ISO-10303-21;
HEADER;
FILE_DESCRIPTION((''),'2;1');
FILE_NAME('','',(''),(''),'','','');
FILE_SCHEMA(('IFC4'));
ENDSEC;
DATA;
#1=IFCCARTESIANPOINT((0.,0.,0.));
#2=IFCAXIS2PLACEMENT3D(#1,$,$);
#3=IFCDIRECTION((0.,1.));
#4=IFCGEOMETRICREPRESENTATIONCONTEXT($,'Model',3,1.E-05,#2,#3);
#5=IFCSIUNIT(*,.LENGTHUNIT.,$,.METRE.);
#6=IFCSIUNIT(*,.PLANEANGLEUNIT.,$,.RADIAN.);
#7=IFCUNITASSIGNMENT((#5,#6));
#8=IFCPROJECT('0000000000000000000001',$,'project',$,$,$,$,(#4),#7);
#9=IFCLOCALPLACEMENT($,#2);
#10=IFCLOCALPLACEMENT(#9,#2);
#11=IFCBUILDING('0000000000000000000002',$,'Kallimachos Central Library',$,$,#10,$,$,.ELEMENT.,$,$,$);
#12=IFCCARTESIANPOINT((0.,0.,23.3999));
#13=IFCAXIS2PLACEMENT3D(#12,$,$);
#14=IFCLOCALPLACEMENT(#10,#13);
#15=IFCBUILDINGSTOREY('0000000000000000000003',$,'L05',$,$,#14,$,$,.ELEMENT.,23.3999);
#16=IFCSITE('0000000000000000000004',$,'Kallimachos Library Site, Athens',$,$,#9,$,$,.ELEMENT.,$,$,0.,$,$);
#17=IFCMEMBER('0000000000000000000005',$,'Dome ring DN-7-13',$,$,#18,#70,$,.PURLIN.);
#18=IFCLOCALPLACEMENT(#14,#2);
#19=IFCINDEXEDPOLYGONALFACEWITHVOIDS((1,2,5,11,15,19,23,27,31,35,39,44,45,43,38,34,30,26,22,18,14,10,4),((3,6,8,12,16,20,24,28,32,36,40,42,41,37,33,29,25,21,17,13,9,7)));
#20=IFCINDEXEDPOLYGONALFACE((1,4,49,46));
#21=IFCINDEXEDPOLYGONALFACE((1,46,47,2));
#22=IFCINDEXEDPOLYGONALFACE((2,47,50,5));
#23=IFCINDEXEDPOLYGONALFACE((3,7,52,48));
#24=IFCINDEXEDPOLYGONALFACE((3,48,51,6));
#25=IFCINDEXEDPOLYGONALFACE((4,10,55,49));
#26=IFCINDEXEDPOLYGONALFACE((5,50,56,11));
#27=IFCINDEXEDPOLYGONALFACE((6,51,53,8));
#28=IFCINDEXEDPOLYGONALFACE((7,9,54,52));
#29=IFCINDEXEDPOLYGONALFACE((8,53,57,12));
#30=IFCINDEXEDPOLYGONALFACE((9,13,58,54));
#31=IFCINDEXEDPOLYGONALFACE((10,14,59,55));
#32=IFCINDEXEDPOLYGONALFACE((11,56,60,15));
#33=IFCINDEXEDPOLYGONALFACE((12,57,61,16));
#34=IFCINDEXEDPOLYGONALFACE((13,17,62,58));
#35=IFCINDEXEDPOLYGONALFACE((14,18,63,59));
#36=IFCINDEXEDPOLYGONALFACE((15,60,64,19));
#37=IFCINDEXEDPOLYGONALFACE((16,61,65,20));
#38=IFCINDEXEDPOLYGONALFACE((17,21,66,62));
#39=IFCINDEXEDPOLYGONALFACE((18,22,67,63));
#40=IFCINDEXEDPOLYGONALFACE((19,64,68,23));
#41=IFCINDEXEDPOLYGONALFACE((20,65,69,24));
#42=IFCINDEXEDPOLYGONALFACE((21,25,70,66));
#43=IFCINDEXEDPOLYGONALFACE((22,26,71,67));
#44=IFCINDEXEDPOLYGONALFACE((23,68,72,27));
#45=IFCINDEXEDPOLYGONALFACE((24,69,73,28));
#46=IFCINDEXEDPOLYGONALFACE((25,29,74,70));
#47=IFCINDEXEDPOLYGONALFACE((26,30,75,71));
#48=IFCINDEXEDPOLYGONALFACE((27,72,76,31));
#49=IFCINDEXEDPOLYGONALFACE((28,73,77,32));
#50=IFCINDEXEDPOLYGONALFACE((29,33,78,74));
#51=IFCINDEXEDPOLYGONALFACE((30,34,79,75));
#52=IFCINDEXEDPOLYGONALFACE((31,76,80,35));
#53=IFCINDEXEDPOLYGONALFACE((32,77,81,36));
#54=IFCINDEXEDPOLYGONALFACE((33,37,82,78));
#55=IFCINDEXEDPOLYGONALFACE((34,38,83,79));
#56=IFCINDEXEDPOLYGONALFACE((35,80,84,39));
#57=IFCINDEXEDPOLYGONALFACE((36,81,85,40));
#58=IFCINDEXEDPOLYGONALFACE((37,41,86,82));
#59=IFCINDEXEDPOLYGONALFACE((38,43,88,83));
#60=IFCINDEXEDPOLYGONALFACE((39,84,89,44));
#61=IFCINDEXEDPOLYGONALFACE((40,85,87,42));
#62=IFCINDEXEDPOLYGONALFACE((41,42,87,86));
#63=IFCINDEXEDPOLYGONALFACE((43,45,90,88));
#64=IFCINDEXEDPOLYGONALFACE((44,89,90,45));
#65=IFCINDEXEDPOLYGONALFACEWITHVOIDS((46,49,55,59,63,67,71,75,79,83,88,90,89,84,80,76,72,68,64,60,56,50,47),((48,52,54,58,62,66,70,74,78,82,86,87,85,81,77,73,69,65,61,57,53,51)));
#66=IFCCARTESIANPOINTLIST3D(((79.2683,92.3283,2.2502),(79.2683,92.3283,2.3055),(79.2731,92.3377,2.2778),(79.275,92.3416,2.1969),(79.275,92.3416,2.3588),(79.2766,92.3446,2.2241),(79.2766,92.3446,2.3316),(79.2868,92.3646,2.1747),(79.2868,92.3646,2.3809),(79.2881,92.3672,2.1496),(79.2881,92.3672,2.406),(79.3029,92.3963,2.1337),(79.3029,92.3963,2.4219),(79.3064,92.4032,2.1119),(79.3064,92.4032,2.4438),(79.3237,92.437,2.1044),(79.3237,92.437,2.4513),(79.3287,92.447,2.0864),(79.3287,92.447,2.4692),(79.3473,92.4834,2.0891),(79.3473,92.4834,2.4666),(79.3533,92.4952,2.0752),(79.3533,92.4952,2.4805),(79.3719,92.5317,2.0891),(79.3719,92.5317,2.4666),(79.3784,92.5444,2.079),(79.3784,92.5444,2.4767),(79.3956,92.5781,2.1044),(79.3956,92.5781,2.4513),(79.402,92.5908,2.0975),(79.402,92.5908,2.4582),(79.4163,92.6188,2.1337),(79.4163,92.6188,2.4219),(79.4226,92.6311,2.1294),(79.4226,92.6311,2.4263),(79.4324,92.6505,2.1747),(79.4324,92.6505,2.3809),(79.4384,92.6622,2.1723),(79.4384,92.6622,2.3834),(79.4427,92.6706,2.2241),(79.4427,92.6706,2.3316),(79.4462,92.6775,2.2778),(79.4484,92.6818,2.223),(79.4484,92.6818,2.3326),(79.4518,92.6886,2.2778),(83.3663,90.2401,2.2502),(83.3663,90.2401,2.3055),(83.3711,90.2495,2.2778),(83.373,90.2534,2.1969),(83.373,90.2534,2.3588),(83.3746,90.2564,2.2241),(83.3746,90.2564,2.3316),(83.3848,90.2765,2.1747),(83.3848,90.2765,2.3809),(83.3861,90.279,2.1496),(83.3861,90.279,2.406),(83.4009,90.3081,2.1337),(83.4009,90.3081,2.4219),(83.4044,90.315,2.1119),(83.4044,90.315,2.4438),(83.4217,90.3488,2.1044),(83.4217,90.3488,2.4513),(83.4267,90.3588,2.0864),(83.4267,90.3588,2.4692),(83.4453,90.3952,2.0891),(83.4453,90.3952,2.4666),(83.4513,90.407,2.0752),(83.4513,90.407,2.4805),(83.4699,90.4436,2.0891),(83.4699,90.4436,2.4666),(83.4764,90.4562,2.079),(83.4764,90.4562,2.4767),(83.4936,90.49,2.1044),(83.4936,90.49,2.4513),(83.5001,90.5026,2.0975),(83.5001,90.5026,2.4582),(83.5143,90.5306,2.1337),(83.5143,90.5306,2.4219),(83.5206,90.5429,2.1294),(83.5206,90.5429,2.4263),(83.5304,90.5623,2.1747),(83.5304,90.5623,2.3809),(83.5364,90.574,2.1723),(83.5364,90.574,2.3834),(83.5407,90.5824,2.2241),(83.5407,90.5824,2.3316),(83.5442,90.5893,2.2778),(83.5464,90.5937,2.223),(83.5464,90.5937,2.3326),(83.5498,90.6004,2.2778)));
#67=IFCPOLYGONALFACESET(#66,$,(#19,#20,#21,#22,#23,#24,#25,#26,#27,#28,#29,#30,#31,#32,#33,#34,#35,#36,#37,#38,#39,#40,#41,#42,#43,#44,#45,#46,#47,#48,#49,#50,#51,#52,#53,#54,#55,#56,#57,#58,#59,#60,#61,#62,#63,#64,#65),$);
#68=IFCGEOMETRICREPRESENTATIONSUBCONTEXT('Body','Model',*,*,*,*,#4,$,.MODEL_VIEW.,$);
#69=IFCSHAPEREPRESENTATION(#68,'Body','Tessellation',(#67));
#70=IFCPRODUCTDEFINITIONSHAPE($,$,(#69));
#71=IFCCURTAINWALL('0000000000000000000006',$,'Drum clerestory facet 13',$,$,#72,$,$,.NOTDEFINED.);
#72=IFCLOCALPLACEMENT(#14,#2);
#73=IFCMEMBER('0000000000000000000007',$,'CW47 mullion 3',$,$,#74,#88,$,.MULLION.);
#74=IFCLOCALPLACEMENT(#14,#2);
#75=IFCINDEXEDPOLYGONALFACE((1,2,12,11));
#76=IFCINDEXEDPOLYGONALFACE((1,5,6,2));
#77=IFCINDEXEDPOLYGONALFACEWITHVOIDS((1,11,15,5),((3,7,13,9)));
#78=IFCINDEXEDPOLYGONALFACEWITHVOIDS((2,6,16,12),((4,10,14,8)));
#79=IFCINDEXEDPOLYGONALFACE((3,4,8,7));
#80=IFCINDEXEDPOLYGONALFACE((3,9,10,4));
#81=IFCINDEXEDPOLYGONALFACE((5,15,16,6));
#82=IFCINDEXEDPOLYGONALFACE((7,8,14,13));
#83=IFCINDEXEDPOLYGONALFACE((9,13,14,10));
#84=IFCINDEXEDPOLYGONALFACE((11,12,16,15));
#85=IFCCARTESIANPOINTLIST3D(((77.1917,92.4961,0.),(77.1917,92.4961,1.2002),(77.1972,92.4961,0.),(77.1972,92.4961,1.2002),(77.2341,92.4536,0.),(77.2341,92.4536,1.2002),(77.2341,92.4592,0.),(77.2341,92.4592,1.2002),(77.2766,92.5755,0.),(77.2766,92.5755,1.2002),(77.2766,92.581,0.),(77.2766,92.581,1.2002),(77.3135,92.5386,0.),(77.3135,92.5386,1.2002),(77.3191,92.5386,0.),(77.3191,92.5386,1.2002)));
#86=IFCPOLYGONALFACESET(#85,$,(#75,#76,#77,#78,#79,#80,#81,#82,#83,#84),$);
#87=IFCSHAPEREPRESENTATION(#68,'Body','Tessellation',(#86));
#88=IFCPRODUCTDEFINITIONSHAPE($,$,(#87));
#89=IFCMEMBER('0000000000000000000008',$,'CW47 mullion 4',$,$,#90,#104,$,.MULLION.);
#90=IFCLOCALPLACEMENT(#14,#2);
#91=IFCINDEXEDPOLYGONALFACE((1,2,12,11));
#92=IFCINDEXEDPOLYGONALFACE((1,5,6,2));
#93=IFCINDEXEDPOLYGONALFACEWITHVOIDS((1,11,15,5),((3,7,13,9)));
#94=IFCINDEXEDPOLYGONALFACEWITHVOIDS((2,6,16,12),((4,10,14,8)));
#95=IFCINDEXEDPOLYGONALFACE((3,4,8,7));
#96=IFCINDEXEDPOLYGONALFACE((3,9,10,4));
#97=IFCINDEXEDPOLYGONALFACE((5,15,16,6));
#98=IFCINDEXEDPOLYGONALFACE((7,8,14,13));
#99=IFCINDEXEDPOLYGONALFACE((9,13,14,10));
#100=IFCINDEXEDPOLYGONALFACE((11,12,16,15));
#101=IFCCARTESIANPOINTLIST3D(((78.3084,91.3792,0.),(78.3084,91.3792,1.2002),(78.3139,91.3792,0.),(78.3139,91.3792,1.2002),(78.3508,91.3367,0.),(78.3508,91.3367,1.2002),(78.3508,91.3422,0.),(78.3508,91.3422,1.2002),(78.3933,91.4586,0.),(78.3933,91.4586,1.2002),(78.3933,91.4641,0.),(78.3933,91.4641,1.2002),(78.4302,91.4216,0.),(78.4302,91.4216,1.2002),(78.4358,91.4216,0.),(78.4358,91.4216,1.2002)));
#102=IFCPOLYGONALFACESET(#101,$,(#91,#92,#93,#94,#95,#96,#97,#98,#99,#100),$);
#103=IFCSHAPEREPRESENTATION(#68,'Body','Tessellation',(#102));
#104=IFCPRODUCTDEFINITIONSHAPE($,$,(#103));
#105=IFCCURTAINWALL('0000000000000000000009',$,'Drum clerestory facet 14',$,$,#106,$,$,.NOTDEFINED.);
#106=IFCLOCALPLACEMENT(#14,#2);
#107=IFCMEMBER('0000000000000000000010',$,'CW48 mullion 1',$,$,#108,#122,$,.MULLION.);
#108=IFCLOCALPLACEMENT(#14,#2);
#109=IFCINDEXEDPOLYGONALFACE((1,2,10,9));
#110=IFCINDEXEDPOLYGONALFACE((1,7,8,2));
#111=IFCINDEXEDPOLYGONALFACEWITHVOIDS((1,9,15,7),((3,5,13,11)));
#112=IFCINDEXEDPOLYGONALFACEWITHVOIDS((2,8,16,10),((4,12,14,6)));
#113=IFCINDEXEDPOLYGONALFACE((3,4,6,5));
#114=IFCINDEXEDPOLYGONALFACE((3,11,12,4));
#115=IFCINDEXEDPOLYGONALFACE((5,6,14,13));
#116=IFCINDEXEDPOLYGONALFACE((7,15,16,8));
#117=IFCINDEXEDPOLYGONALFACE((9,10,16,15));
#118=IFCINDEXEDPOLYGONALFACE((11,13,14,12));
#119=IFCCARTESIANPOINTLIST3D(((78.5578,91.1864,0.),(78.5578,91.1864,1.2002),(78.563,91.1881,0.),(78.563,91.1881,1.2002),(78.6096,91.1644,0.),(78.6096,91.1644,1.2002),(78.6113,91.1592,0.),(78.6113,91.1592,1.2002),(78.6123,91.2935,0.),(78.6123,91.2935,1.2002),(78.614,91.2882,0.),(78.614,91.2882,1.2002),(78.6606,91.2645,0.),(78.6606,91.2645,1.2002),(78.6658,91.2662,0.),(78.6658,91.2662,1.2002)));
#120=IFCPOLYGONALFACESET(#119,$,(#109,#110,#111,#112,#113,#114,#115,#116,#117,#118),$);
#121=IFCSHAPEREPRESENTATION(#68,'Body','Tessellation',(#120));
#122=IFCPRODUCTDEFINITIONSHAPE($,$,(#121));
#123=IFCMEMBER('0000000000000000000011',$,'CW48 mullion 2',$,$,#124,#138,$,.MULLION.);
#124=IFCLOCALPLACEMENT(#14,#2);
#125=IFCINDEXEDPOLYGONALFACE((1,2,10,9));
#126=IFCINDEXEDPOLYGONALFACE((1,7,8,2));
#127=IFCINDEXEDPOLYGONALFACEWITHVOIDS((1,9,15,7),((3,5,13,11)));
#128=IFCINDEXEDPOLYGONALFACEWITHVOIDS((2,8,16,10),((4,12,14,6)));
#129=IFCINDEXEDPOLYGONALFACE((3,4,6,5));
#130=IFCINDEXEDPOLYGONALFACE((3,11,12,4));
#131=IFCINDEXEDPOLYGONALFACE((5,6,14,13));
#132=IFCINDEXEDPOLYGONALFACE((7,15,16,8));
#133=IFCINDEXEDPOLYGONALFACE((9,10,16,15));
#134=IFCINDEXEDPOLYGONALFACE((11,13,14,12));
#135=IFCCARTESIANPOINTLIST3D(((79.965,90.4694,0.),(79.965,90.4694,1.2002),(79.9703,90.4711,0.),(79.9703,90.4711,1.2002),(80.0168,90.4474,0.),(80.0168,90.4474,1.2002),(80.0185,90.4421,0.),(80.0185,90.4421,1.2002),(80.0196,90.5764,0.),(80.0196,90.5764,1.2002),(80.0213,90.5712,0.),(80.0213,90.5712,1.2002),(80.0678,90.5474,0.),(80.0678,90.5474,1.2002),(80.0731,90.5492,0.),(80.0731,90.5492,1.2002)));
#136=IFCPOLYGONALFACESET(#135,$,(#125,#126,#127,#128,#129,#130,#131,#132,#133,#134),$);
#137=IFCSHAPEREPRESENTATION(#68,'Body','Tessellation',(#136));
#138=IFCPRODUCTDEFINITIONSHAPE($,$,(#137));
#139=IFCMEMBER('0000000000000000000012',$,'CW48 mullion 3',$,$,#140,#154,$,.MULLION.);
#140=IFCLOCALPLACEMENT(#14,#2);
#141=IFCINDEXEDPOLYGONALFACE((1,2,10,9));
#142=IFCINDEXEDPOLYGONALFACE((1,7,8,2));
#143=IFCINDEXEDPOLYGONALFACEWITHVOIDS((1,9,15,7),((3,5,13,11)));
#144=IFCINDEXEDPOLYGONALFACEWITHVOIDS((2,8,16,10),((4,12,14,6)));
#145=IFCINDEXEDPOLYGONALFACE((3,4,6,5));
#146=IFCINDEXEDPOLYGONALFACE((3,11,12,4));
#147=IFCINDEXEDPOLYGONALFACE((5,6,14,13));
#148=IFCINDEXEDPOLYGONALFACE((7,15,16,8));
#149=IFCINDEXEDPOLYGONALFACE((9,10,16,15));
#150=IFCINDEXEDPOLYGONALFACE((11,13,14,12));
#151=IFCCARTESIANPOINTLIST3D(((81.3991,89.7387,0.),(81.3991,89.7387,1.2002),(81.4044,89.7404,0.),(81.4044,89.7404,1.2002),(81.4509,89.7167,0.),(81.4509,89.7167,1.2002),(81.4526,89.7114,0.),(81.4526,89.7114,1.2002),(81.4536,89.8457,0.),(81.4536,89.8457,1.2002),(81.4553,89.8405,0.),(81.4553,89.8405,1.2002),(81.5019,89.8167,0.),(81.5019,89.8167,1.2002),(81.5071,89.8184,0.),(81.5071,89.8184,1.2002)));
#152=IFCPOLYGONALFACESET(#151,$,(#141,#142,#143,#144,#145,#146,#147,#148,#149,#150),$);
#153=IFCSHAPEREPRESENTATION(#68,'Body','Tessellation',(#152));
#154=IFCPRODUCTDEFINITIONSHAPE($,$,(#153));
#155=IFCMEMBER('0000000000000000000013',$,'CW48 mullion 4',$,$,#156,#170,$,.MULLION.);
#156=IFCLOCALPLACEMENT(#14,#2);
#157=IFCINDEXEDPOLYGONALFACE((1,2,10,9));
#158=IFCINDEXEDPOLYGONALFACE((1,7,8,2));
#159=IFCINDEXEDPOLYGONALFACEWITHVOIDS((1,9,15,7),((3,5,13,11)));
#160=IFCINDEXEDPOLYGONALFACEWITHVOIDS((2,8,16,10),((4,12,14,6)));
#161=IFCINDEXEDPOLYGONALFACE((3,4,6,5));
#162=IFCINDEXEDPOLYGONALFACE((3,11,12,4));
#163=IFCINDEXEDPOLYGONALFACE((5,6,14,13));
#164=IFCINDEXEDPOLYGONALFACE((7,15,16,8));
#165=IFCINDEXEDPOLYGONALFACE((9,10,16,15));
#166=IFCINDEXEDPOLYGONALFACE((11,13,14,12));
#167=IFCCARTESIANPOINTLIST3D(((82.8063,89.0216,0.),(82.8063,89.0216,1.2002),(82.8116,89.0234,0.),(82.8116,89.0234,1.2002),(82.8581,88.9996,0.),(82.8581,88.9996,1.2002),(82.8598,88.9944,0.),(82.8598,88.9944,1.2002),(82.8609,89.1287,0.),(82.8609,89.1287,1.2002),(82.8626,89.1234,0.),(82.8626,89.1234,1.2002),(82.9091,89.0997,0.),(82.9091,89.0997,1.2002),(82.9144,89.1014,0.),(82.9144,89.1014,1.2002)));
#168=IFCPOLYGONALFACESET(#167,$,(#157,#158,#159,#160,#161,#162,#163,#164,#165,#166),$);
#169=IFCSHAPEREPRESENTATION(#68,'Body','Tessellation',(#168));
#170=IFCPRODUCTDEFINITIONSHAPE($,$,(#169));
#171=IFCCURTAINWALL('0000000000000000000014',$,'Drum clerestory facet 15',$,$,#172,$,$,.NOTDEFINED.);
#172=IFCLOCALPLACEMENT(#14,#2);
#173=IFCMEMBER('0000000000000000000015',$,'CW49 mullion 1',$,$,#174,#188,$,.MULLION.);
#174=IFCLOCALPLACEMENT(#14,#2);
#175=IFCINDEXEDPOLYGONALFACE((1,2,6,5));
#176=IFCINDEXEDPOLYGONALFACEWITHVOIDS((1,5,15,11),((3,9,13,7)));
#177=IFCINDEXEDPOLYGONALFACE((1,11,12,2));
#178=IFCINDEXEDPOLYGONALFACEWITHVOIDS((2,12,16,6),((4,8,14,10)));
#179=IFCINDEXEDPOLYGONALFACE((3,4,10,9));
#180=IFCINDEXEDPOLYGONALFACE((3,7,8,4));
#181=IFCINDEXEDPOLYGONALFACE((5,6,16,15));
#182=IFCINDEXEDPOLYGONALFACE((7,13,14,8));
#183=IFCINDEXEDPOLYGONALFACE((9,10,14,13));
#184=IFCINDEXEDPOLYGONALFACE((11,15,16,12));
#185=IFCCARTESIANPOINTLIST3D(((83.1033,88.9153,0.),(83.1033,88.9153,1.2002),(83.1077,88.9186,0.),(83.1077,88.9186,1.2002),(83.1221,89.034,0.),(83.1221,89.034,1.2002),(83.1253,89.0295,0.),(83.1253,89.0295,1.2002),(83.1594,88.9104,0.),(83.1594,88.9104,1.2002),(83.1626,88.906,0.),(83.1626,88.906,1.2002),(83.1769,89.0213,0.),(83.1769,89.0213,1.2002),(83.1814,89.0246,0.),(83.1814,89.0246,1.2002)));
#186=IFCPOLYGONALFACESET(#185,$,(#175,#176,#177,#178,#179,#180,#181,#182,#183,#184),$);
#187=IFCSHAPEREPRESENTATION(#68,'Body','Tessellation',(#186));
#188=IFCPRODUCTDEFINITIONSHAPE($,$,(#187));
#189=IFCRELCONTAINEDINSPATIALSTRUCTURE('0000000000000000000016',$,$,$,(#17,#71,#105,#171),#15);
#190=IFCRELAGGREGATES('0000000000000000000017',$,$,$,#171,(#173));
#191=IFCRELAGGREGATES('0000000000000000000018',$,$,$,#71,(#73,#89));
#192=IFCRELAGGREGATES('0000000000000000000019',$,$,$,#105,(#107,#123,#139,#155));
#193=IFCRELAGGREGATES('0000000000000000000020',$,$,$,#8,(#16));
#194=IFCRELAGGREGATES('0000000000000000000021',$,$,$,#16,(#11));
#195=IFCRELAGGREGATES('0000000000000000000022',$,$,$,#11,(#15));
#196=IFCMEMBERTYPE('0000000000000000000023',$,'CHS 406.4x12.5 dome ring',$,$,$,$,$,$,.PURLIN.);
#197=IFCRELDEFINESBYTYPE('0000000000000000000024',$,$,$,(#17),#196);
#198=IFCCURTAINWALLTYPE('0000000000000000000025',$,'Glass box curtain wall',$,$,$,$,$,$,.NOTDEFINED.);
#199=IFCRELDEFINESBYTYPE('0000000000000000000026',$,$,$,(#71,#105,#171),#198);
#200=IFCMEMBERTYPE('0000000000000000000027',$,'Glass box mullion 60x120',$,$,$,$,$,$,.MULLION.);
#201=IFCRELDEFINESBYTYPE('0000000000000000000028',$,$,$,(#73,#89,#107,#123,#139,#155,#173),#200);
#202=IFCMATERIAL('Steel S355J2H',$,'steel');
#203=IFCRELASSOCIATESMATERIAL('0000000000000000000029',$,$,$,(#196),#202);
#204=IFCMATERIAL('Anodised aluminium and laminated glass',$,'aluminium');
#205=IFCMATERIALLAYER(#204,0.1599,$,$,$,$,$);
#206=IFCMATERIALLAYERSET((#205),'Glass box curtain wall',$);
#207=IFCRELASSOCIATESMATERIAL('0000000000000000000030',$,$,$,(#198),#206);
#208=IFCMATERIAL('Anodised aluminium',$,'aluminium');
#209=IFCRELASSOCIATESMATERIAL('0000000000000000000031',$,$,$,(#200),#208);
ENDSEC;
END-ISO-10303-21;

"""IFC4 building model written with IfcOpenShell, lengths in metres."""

from ifc_helpers import new_model, si_unit, direction, frame, origin, origin_2d, place, context, subcontext, project, spatial, hollow_rectangle, hollow_circle, extrude, material, layer, layer_set, material_profile, profile_set, type_object, element, aggregate, save


model = new_model("IFC4")

# Units and contexts
model_context = context("Model", 3, precision=1e-05, world=origin(), true_north=direction((0.0, 1.0)))
body_context = subcontext(model_context, "Body", "Model", "MODEL_VIEW")
ifc_project = project(units=[si_unit("LENGTHUNIT", "METRE"), si_unit("PLANEANGLEUNIT", "RADIAN")], contexts=[model_context])

# Site, building, storey
site_placement = place(None, origin())
site = spatial("IfcSite", under=ifc_project, at=site_placement, Name="Kallimachos Library Site, Athens", CompositionType="ELEMENT", RefElevation=0.0)
building_placement = place(site_placement, origin())
building = spatial("IfcBuilding", under=site, at=building_placement, Name="Kallimachos Central Library", CompositionType="ELEMENT")
storey_placement = place(building_placement, frame((0.0, 0.0, 23.3999)))
storey = spatial("IfcBuildingStorey", under=building, at=storey_placement, Name="L05", CompositionType="ELEMENT", Elevation=23.3999)

# Member
ifc_material_1 = material(Name="Steel S355J2H", Category="steel")
ifc_material_profile_1 = material_profile(ifc_material_1, hollow_circle(Radius=0.2031, WallThickness=0.0125, at=origin_2d()), Name="CHS 406.4x12.5")
ifc_profile_set_1 = profile_set([ifc_material_profile_1], Name="Steel S355J2H")
member_type_1 = type_object("IfcMemberType", Name="CHS 406.4x12.5 dome ring", PredefinedType="PURLIN", material=ifc_profile_set_1)
member_1_placement = place(storey_placement, frame((79.3596, 92.5076, 2.2778), z_axis=(0.890993, -0.454016, 0.0), x_axis=(0.454016, 0.890993, 0.0)))
element("IfcMember", 1, at=member_1_placement, inside=storey, type_object=member_type_1, Name="Dome ring DN-7-13", PredefinedType="PURLIN", context=body_context, shape_type="SweptSolid", body=[
    extrude(hollow_circle(Radius=0.2031, WallThickness=0.0125, at=origin_2d()), origin(), (0.0, 0.0, 1.0), 4.5994),
])

# Curtain walls, members
ifc_material_2 = material(Name="Anodised aluminium and laminated glass", Category="aluminium")
ifc_layer_1 = layer(ifc_material_2, 0.1599)
ifc_layer_set_1 = layer_set([ifc_layer_1], Name="Glass box curtain wall")
curtain_wall_type = type_object("IfcCurtainWallType", Name="Glass box curtain wall", PredefinedType="NOTDEFINED", material=ifc_layer_set_1)
curtain_wall_1_placement = place(storey_placement, origin())
curtain_wall_1 = element("IfcCurtainWall", 2, at=curtain_wall_1_placement, inside=storey, type_object=curtain_wall_type, Name="Drum clerestory facet 13", PredefinedType="NOTDEFINED")
ifc_material_3 = material(Name="Anodised aluminium", Category="aluminium")
ifc_material_profile_2 = material_profile(ifc_material_3, hollow_rectangle(XDim=0.0601, YDim=0.1201, WallThickness=0.0039, at=origin_2d()), Name="ALU MULLION 60x120")
ifc_profile_set_2 = profile_set([ifc_material_profile_2], Name="Anodised aluminium")
member_type_2 = type_object("IfcMemberType", Name="Glass box mullion 60x120", PredefinedType="MULLION", material=ifc_profile_set_2)
member_2_placement = place(storey_placement, frame((77.2554, 92.5173, 0.0), z_axis=(0.0, 0.0, 1.0), x_axis=(0.707107, -0.707107, 0.0)))
member_2 = element("IfcMember", 3, at=member_2_placement, type_object=member_type_2, Name="CW47 mullion 3", PredefinedType="MULLION", context=body_context, shape_type="SweptSolid", body=[
    extrude(hollow_rectangle(XDim=0.0601, YDim=0.1201, WallThickness=0.0039, at=origin_2d()), origin(), (0.0, 0.0, 1.0), 1.2002),
])
member_3_placement = place(storey_placement, frame((78.3721, 91.4004, 0.0), z_axis=(0.0, 0.0, 1.0), x_axis=(0.707107, -0.707107, 0.0)))
member_3 = element("IfcMember", 4, at=member_3_placement, type_object=member_type_2, Name="CW47 mullion 4", PredefinedType="MULLION", context=body_context, shape_type="SweptSolid", body=[
    extrude(hollow_rectangle(XDim=0.0601, YDim=0.1201, WallThickness=0.0039, at=origin_2d()), origin(), (0.0, 0.0, 1.0), 1.2002),
])
curtain_wall_2_placement = place(storey_placement, origin())
curtain_wall_2 = element("IfcCurtainWall", 5, at=curtain_wall_2_placement, inside=storey, type_object=curtain_wall_type, Name="Drum clerestory facet 14", PredefinedType="NOTDEFINED")
member_4_placement = place(storey_placement, frame((78.6118, 91.2263, 0.0), z_axis=(0.0, 0.0, 1.0), x_axis=(0.891006, -0.453991, 0.0)))
member_4 = element("IfcMember", 6, at=member_4_placement, type_object=member_type_2, Name="CW48 mullion 1", PredefinedType="MULLION", context=body_context, shape_type="SweptSolid", body=[
    extrude(hollow_rectangle(XDim=0.0601, YDim=0.1201, WallThickness=0.0039, at=origin_2d()), origin(), (0.0, 0.0, 1.0), 1.2002),
])
member_5_placement = place(storey_placement, frame((80.019, 90.5093, 0.0), z_axis=(0.0, 0.0, 1.0), x_axis=(0.891006, -0.453991, 0.0)))
member_5 = element("IfcMember", 7, at=member_5_placement, type_object=member_type_2, Name="CW48 mullion 2", PredefinedType="MULLION", context=body_context, shape_type="SweptSolid", body=[
    extrude(hollow_rectangle(XDim=0.0601, YDim=0.1201, WallThickness=0.0039, at=origin_2d()), origin(), (0.0, 0.0, 1.0), 1.2002),
])
member_6_placement = place(storey_placement, frame((81.4531, 89.7786, 0.0), z_axis=(0.0, 0.0, 1.0), x_axis=(0.891006, -0.453991, 0.0)))
member_6 = element("IfcMember", 8, at=member_6_placement, type_object=member_type_2, Name="CW48 mullion 3", PredefinedType="MULLION", context=body_context, shape_type="SweptSolid", body=[
    extrude(hollow_rectangle(XDim=0.0601, YDim=0.1201, WallThickness=0.0039, at=origin_2d()), origin(), (0.0, 0.0, 1.0), 1.2002),
])
member_7_placement = place(storey_placement, frame((82.8604, 89.0615, 0.0), z_axis=(0.0, 0.0, 1.0), x_axis=(0.891006, -0.453991, 0.0)))
member_7 = element("IfcMember", 9, at=member_7_placement, type_object=member_type_2, Name="CW48 mullion 4", PredefinedType="MULLION", context=body_context, shape_type="SweptSolid", body=[
    extrude(hollow_rectangle(XDim=0.0601, YDim=0.1201, WallThickness=0.0039, at=origin_2d()), origin(), (0.0, 0.0, 1.0), 1.2002),
])

# Curtain wall, member
curtain_wall_3_placement = place(storey_placement, origin())
curtain_wall_3 = element("IfcCurtainWall", 10, at=curtain_wall_3_placement, inside=storey, type_object=curtain_wall_type, Name="Drum clerestory facet 15", PredefinedType="NOTDEFINED")
member_8_placement = place(storey_placement, frame((83.1423, 88.97, 0.0), z_axis=(0.0, 0.0, 1.0), x_axis=(0.987688, -0.156435, 0.0)))
member_8 = element("IfcMember", 11, at=member_8_placement, type_object=member_type_2, Name="CW49 mullion 1", PredefinedType="MULLION", context=body_context, shape_type="SweptSolid", body=[
    extrude(hollow_rectangle(XDim=0.0601, YDim=0.1201, WallThickness=0.0039, at=origin_2d()), origin(), (0.0, 0.0, 1.0), 1.2002),
])

aggregate(curtain_wall_3, [member_8])

aggregate(curtain_wall_1, [member_2, member_3])
aggregate(curtain_wall_2, [member_4, member_5, member_6, member_7])

save(model, "model.ifc")
